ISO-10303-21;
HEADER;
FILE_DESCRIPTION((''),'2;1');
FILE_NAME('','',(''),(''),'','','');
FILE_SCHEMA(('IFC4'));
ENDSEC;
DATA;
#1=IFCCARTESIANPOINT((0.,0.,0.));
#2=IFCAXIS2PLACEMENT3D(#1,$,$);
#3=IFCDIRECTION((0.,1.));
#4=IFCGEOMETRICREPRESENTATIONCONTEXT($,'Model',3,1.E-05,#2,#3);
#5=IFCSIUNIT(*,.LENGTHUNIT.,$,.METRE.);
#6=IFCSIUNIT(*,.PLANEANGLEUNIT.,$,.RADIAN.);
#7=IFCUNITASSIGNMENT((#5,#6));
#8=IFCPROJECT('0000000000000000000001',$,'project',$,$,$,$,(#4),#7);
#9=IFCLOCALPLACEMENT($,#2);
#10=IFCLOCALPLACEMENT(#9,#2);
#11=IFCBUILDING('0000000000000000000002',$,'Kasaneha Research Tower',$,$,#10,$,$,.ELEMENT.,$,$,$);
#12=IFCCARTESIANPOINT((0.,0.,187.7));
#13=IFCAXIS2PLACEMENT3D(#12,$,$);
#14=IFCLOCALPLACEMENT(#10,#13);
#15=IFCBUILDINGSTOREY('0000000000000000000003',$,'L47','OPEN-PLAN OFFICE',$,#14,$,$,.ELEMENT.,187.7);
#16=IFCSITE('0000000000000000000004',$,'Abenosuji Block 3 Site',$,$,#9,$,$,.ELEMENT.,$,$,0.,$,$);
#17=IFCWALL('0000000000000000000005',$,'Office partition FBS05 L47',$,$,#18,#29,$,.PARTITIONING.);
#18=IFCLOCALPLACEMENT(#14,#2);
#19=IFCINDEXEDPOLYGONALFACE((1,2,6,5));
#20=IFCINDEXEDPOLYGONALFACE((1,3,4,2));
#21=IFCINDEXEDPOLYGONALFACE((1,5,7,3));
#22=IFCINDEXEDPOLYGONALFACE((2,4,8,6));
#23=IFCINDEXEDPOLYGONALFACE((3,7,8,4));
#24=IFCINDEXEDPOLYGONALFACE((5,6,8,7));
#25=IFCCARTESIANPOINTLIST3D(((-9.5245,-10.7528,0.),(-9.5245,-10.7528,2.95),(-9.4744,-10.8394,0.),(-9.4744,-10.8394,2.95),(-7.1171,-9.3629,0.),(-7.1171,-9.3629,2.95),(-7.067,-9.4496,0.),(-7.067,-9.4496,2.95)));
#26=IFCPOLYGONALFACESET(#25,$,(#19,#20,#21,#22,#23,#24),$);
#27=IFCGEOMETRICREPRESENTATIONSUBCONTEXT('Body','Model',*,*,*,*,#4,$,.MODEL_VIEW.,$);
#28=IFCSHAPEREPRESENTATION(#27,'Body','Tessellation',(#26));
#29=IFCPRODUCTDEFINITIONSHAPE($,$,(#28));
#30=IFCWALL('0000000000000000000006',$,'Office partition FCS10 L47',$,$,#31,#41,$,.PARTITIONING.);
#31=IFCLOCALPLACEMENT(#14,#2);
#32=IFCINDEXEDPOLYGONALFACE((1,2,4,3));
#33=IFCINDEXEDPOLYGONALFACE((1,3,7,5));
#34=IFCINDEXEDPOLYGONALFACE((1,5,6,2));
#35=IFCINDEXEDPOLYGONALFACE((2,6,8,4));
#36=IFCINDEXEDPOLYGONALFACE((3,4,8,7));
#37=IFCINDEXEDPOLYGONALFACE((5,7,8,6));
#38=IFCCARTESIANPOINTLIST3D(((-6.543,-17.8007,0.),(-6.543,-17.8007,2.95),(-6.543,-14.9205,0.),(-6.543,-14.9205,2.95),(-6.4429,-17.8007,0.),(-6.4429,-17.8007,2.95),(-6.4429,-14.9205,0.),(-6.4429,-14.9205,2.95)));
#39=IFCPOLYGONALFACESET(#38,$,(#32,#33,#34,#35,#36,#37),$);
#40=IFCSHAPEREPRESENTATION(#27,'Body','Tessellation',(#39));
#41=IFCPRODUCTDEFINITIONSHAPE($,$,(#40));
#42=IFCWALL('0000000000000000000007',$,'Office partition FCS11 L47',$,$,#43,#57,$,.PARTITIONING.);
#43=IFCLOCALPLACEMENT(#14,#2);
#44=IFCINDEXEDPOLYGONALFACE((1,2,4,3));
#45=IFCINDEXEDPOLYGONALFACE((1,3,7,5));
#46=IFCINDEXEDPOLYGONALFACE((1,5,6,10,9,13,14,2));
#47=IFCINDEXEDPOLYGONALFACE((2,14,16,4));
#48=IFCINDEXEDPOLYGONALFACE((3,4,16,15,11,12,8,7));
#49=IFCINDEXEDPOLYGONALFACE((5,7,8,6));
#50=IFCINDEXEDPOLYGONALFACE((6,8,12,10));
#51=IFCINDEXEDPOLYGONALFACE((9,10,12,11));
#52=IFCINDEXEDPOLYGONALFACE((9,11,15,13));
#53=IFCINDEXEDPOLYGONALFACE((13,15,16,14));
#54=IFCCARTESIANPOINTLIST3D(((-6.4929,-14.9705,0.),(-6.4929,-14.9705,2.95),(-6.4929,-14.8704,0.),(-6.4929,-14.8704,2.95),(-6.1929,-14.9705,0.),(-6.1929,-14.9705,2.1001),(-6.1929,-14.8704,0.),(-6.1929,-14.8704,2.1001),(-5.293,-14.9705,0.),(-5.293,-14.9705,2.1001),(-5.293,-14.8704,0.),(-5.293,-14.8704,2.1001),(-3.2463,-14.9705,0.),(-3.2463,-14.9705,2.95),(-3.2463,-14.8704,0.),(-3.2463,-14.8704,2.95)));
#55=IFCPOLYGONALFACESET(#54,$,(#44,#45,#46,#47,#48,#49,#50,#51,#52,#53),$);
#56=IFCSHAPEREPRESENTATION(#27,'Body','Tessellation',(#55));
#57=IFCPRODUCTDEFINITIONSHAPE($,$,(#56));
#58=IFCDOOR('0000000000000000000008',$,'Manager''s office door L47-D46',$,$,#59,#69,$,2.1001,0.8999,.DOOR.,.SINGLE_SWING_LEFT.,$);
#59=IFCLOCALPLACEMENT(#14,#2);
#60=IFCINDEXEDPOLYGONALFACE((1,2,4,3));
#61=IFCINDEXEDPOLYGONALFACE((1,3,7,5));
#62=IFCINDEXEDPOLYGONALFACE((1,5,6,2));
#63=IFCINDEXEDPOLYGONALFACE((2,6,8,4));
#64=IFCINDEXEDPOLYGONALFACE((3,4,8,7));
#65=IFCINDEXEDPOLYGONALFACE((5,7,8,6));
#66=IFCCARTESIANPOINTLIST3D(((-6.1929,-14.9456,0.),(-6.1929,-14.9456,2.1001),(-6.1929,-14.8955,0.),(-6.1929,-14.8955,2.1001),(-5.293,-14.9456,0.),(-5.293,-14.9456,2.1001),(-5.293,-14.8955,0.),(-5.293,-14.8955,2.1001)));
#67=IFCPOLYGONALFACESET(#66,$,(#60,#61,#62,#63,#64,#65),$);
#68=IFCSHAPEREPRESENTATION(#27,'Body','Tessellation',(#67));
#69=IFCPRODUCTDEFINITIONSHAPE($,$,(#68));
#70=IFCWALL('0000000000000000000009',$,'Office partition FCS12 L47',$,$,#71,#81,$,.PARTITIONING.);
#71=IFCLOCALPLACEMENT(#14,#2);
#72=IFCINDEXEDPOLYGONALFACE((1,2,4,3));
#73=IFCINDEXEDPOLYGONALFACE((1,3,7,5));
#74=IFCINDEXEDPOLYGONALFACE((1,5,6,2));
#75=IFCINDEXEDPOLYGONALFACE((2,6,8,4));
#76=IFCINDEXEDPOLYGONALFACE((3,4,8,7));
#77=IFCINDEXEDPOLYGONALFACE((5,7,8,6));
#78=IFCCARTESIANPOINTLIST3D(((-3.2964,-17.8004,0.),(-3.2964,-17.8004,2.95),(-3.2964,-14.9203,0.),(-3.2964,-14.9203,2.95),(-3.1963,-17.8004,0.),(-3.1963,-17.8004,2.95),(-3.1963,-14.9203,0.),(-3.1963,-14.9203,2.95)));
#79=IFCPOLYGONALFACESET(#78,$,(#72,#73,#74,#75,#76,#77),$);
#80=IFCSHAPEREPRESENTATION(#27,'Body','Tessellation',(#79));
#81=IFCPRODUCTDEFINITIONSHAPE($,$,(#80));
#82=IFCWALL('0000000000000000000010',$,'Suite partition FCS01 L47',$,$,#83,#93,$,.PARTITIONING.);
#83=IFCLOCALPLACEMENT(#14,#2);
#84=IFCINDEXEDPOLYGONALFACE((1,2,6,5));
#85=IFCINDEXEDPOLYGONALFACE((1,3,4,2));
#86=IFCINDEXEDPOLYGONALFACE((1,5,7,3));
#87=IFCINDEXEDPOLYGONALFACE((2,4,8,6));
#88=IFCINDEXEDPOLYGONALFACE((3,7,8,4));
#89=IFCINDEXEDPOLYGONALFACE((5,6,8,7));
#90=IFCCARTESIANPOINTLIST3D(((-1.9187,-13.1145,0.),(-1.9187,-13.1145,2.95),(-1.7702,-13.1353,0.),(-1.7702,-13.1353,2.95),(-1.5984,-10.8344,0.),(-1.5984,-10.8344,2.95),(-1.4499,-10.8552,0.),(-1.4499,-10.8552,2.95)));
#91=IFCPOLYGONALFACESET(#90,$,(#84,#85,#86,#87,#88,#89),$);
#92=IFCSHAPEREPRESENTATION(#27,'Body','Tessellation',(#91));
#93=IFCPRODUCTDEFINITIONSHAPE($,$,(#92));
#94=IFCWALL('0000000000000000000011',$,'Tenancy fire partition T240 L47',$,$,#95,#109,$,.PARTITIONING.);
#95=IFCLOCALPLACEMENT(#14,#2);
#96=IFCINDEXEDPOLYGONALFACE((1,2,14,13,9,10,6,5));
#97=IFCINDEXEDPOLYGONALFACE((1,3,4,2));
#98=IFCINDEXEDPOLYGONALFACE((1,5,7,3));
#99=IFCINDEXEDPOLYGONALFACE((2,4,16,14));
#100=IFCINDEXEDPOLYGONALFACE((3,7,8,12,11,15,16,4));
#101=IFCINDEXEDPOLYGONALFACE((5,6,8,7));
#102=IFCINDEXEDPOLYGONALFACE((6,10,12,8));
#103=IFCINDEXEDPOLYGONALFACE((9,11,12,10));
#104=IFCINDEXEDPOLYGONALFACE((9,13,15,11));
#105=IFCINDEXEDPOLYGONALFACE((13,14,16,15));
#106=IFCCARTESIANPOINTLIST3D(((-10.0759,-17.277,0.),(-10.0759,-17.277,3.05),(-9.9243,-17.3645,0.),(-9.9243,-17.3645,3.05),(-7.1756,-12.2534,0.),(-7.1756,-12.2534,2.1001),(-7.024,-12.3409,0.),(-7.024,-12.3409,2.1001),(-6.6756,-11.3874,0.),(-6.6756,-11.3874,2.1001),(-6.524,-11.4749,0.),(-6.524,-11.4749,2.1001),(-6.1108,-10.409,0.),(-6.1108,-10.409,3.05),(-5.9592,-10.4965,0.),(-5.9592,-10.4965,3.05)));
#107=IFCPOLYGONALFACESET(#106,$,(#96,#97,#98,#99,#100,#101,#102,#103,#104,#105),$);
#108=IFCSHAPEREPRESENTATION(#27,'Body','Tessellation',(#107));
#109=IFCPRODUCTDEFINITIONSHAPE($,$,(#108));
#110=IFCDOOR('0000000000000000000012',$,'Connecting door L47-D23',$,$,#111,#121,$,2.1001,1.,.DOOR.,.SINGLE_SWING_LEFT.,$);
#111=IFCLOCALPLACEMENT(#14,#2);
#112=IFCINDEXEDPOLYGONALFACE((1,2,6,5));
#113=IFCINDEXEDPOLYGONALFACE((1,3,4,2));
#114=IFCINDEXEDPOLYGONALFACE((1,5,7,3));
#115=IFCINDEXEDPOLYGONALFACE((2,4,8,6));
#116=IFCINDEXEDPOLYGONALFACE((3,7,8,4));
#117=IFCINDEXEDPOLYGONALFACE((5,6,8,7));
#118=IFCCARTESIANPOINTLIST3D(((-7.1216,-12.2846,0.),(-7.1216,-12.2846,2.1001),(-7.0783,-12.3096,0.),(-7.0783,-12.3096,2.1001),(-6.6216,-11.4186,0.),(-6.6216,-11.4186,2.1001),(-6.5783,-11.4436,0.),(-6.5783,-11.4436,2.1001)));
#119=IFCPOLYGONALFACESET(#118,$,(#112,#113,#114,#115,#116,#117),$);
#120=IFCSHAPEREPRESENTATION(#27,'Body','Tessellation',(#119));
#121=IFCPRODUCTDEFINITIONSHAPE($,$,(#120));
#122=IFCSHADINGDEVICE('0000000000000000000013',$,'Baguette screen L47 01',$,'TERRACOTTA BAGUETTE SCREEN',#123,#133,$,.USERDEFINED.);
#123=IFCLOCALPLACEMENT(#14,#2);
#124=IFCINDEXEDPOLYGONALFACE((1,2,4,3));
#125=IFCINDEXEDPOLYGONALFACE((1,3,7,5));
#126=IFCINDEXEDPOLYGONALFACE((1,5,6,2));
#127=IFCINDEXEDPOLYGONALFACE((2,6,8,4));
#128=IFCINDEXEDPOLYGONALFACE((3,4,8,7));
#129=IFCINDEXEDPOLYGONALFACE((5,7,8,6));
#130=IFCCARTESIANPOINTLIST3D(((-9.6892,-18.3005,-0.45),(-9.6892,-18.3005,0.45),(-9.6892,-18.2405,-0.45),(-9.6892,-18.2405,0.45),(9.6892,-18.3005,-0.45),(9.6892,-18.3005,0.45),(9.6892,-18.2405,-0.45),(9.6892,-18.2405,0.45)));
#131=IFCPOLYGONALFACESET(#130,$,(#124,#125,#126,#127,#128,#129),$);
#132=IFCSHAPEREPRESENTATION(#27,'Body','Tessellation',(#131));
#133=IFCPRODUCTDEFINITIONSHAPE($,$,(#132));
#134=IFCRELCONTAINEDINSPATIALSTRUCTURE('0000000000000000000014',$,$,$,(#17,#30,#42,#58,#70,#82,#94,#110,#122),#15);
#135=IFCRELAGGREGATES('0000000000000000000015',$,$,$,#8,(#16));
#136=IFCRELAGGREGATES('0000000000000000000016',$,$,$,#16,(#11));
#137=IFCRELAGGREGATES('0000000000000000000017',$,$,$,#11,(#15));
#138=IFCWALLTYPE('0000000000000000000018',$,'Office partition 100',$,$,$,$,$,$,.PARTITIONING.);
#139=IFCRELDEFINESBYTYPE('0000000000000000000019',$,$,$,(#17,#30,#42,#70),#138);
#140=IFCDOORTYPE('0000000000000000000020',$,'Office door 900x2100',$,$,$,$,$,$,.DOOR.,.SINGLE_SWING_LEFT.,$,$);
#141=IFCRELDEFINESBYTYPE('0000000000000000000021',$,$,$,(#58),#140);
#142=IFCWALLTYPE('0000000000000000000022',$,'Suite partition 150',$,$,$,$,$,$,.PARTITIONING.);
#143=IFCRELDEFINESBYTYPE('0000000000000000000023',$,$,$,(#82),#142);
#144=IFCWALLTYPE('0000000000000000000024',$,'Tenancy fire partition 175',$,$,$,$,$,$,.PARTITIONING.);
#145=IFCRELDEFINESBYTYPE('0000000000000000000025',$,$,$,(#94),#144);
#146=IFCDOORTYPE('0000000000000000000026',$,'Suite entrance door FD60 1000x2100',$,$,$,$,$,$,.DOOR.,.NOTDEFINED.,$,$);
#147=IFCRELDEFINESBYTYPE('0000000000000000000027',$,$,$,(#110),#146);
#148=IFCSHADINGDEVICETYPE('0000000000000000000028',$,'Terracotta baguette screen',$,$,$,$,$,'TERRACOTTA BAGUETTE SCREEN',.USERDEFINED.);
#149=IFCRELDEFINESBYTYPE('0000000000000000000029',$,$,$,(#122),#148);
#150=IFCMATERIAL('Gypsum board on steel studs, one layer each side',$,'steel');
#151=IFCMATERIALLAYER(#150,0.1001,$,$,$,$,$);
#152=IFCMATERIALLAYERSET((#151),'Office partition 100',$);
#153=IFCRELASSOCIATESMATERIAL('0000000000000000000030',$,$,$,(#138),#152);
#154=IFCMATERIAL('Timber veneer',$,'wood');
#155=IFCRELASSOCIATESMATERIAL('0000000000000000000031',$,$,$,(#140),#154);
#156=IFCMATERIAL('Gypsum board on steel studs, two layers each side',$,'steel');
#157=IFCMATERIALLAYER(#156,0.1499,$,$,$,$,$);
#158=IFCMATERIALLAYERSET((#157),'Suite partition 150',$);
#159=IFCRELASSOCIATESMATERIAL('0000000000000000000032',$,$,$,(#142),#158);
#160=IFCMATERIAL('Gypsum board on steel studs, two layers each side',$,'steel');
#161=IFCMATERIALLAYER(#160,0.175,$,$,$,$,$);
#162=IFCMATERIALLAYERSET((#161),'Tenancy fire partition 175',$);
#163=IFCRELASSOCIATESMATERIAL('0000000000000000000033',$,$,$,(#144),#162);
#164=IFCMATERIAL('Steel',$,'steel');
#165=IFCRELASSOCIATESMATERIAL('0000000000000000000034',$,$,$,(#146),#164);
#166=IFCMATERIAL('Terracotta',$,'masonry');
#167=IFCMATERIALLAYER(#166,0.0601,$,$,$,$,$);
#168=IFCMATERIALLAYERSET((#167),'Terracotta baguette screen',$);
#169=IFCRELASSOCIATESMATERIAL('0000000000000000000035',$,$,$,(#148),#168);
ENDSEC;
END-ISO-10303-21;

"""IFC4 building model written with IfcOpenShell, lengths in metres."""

from ifc_helpers import new_model, si_unit, direction, frame, frame_2d, origin, origin_2d, place, context, subcontext, project, spatial, rectangle, extrude, material, layer, layer_set, type_object, element, fill, save


model = new_model("IFC4")

# Units and contexts
model_context = context("Model", 3, precision=1e-05, world=origin(), true_north=direction((0.0, 1.0)))
body_context = subcontext(model_context, "Body", "Model", "MODEL_VIEW")
ifc_project = project(units=[si_unit("LENGTHUNIT", "METRE"), si_unit("PLANEANGLEUNIT", "RADIAN")], contexts=[model_context])

# Site, building, storey
site_placement = place(None, origin())
site = spatial("IfcSite", under=ifc_project, at=site_placement, Name="Abenosuji Block 3 Site", CompositionType="ELEMENT", RefElevation=0.0)
building_placement = place(site_placement, origin())
building = spatial("IfcBuilding", under=site, at=building_placement, Name="Kasaneha Research Tower", CompositionType="ELEMENT")
storey_placement = place(building_placement, frame((0.0, 0.0, 187.7)))
storey = spatial("IfcBuildingStorey", under=building, at=storey_placement, Name="L47", Description="OPEN-PLAN OFFICE", CompositionType="ELEMENT", Elevation=187.7)

# Walls
ifc_material_1 = material(Name="Gypsum board on steel studs, one layer each side", Category="steel")
ifc_layer_1 = layer(ifc_material_1, 0.1001)
ifc_layer_set_1 = layer_set([ifc_layer_1], Name="Office partition 100")
wall_type_1 = type_object("IfcWallType", Name="Office partition 100", PredefinedType="PARTITIONING", material=ifc_layer_set_1)
wall_1_placement = place(storey_placement, frame((-7.092, -9.4062, 0.0), z_axis=(0.0, 0.0, 1.0), x_axis=(-0.866035, -0.499983, 0.0)))
element("IfcWall", 1, at=wall_1_placement, inside=storey, type_object=wall_type_1, Name="Office partition FBS05 L47", PredefinedType="PARTITIONING", context=body_context, shape_type="SweptSolid", body=[
    extrude(rectangle(XDim=2.7798, YDim=0.1001, at=frame_2d((1.3899, 0.0))), origin(), (0.0, 0.0, 1.0), 2.95),
])
wall_2_placement = place(storey_placement, frame((-6.4929, -17.8005, 0.0), z_axis=(0.0, 0.0, 1.0), x_axis=(0.0, 1.0, 0.0)))
element("IfcWall", 2, at=wall_2_placement, inside=storey, type_object=wall_type_1, Name="Office partition FCS10 L47", PredefinedType="PARTITIONING", context=body_context, shape_type="SweptSolid", body=[
    extrude(rectangle(XDim=2.8801, YDim=0.1001, at=frame_2d((1.4399, 0.0))), origin(), (0.0, 0.0, 1.0), 2.95),
])

# Wall, opening, door
wall_3_placement = place(storey_placement, frame((-6.4929, -14.9204, 0.0), z_axis=(0.0, 0.0, 1.0), x_axis=(1.0, 0.0, 0.0)))
wall_3 = element("IfcWall", 3, at=wall_3_placement, inside=storey, type_object=wall_type_1, Name="Office partition FCS11 L47", PredefinedType="PARTITIONING", context=body_context, shape_type="SweptSolid", body=[
    extrude(rectangle(XDim=3.2466, YDim=0.1001, at=frame_2d((1.6233, 0.0))), origin(), (0.0, 0.0, 1.0), 2.95),
])
opening_1_placement = place(wall_3_placement, frame((0.3, 0.0, 0.0)))
opening_1 = element("IfcOpeningElement", 4, at=opening_1_placement, cuts=wall_3, PredefinedType="OPENING", context=body_context, shape_type="SweptSolid", body=[
    extrude(rectangle(XDim=0.8999, YDim=2.1001, at=frame_2d((0.45, 1.05))), frame((0.0, 0.0601, 0.0), z_axis=(0.0, -1.0, 0.0), x_axis=(1.0, 0.0, 0.0)), (0.0, 0.0, 1.0), 0.1201),
])
ifc_material_2 = material(Name="Timber veneer", Category="wood")
door_type_1 = type_object("IfcDoorType", Name="Office door 900x2100", OperationType="SINGLE_SWING_LEFT", PredefinedType="DOOR", material=ifc_material_2)
door_1_placement = place(opening_1_placement, origin())
door_1 = element("IfcDoor", 5, at=door_1_placement, inside=storey, type_object=door_type_1, Name="Manager's office door L47-D46", OperationType="SINGLE_SWING_LEFT", OverallHeight=2.1001, OverallWidth=0.8999, PredefinedType="DOOR", context=body_context, shape_type="SweptSolid", body=[
    extrude(rectangle(XDim=0.8999, YDim=2.1001, at=frame_2d((0.45, 1.05))), frame((0.0, 0.0249, 0.0), z_axis=(0.0, -1.0, 0.0), x_axis=(1.0, 0.0, 0.0)), (0.0, 0.0, 1.0), 0.05),
])
fill(opening_1, door_1)

# Walls
wall_4_placement = place(storey_placement, frame((-3.2463, -14.9204, 0.0), z_axis=(0.0, 0.0, 1.0), x_axis=(0.0, -1.0, 0.0)))
element("IfcWall", 6, at=wall_4_placement, inside=storey, type_object=wall_type_1, Name="Office partition FCS12 L47", PredefinedType="PARTITIONING", context=body_context, shape_type="SweptSolid", body=[
    extrude(rectangle(XDim=2.8801, YDim=0.1001, at=frame_2d((1.4399, 0.0))), origin(), (0.0, 0.0, 1.0), 2.95),
])
ifc_material_3 = material(Name="Gypsum board on steel studs, two layers each side", Category="steel")
ifc_layer_2 = layer(ifc_material_3, 0.1499)
ifc_layer_set_2 = layer_set([ifc_layer_2], Name="Suite partition 150")
wall_type_2 = type_object("IfcWallType", Name="Suite partition 150", PredefinedType="PARTITIONING", material=ifc_layer_set_2)
wall_5_placement = place(storey_placement, frame((-1.8445, -13.125, 0.0), z_axis=(0.0, 0.0, 1.0), x_axis=(0.13912, 0.990276, 0.0)))
element("IfcWall", 7, at=wall_5_placement, inside=storey, type_object=wall_type_2, Name="Suite partition FCS01 L47", PredefinedType="PARTITIONING", context=body_context, shape_type="SweptSolid", body=[
    extrude(rectangle(XDim=2.3025, YDim=0.1499, at=frame_2d((1.1514, 0.0))), origin(), (0.0, 0.0, 1.0), 2.95),
])

# Wall, opening, door
ifc_material_4 = material(Name="Gypsum board on steel studs, two layers each side", Category="steel")
ifc_layer_3 = layer(ifc_material_4, 0.175)
ifc_layer_set_3 = layer_set([ifc_layer_3], Name="Tenancy fire partition 175")
wall_type_3 = type_object("IfcWallType", Name="Tenancy fire partition 175", PredefinedType="PARTITIONING", material=ifc_layer_set_3)
wall_6_placement = place(storey_placement, frame((-6.0349, -10.4526, 0.0), z_axis=(0.0, 0.0, 1.0), x_axis=(-0.49999, -0.866031, 0.0)))
wall_6 = element("IfcWall", 8, at=wall_6_placement, inside=storey, type_object=wall_type_3, Name="Tenancy fire partition T240 L47", PredefinedType="PARTITIONING", context=body_context, shape_type="SweptSolid", body=[
    extrude(rectangle(XDim=7.9304, YDim=0.175, at=frame_2d((3.9653, 0.0))), origin(), (0.0, 0.0, 1.0), 3.05),
])
opening_2_placement = place(wall_6_placement, frame((1.1299, 0.0, 0.0)))
opening_2 = element("IfcOpeningElement", 9, at=opening_2_placement, cuts=wall_6, PredefinedType="OPENING", context=body_context, shape_type="SweptSolid", body=[
    extrude(rectangle(XDim=1.0, YDim=2.1001, at=frame_2d((0.5, 1.05))), frame((0.0, 0.0977, 0.0), z_axis=(0.0, -1.0, 0.0), x_axis=(1.0, 0.0, 0.0)), (0.0, 0.0, 1.0), 0.1951),
])
ifc_material_5 = material(Name="Steel", Category="steel")
door_type_2 = type_object("IfcDoorType", Name="Suite entrance door FD60 1000x2100", OperationType="NOTDEFINED", PredefinedType="DOOR", material=ifc_material_5)
door_2_placement = place(opening_2_placement, origin())
door_2 = element("IfcDoor", 10, at=door_2_placement, inside=storey, type_object=door_type_2, Name="Connecting door L47-D23", OperationType="SINGLE_SWING_LEFT", OverallHeight=2.1001, OverallWidth=1.0, PredefinedType="DOOR", context=body_context, shape_type="SweptSolid", body=[
    extrude(rectangle(XDim=1.0, YDim=2.1001, at=frame_2d((0.5, 1.05))), frame((0.0, 0.0249, 0.0), z_axis=(0.0, -1.0, 0.0), x_axis=(1.0, 0.0, 0.0)), (0.0, 0.0, 1.0), 0.05),
])
fill(opening_2, door_2)

# Shading device
ifc_material_6 = material(Name="Terracotta", Category="masonry")
ifc_layer_4 = layer(ifc_material_6, 0.0601)
ifc_layer_set_4 = layer_set([ifc_layer_4], Name="Terracotta baguette screen")
shading_device_type = type_object("IfcShadingDeviceType", Name="Terracotta baguette screen", ElementType="TERRACOTTA BAGUETTE SCREEN", PredefinedType="USERDEFINED", material=ifc_layer_set_4)
shading_device_placement = place(storey_placement, frame((0.0, -18.2705, -0.45), z_axis=(0.0, 0.0, 1.0), x_axis=(1.0, 0.0, 0.0)))
element("IfcShadingDevice", 11, at=shading_device_placement, inside=storey, type_object=shading_device_type, Name="Baguette screen L47 01", ObjectType="TERRACOTTA BAGUETTE SCREEN", PredefinedType="USERDEFINED", context=body_context, shape_type="SweptSolid", body=[
    extrude(rectangle(XDim=19.3784, YDim=0.0601, at=origin_2d()), origin(), (0.0, 0.0, 1.0), 0.8999),
])

save(model, "model.ifc")
